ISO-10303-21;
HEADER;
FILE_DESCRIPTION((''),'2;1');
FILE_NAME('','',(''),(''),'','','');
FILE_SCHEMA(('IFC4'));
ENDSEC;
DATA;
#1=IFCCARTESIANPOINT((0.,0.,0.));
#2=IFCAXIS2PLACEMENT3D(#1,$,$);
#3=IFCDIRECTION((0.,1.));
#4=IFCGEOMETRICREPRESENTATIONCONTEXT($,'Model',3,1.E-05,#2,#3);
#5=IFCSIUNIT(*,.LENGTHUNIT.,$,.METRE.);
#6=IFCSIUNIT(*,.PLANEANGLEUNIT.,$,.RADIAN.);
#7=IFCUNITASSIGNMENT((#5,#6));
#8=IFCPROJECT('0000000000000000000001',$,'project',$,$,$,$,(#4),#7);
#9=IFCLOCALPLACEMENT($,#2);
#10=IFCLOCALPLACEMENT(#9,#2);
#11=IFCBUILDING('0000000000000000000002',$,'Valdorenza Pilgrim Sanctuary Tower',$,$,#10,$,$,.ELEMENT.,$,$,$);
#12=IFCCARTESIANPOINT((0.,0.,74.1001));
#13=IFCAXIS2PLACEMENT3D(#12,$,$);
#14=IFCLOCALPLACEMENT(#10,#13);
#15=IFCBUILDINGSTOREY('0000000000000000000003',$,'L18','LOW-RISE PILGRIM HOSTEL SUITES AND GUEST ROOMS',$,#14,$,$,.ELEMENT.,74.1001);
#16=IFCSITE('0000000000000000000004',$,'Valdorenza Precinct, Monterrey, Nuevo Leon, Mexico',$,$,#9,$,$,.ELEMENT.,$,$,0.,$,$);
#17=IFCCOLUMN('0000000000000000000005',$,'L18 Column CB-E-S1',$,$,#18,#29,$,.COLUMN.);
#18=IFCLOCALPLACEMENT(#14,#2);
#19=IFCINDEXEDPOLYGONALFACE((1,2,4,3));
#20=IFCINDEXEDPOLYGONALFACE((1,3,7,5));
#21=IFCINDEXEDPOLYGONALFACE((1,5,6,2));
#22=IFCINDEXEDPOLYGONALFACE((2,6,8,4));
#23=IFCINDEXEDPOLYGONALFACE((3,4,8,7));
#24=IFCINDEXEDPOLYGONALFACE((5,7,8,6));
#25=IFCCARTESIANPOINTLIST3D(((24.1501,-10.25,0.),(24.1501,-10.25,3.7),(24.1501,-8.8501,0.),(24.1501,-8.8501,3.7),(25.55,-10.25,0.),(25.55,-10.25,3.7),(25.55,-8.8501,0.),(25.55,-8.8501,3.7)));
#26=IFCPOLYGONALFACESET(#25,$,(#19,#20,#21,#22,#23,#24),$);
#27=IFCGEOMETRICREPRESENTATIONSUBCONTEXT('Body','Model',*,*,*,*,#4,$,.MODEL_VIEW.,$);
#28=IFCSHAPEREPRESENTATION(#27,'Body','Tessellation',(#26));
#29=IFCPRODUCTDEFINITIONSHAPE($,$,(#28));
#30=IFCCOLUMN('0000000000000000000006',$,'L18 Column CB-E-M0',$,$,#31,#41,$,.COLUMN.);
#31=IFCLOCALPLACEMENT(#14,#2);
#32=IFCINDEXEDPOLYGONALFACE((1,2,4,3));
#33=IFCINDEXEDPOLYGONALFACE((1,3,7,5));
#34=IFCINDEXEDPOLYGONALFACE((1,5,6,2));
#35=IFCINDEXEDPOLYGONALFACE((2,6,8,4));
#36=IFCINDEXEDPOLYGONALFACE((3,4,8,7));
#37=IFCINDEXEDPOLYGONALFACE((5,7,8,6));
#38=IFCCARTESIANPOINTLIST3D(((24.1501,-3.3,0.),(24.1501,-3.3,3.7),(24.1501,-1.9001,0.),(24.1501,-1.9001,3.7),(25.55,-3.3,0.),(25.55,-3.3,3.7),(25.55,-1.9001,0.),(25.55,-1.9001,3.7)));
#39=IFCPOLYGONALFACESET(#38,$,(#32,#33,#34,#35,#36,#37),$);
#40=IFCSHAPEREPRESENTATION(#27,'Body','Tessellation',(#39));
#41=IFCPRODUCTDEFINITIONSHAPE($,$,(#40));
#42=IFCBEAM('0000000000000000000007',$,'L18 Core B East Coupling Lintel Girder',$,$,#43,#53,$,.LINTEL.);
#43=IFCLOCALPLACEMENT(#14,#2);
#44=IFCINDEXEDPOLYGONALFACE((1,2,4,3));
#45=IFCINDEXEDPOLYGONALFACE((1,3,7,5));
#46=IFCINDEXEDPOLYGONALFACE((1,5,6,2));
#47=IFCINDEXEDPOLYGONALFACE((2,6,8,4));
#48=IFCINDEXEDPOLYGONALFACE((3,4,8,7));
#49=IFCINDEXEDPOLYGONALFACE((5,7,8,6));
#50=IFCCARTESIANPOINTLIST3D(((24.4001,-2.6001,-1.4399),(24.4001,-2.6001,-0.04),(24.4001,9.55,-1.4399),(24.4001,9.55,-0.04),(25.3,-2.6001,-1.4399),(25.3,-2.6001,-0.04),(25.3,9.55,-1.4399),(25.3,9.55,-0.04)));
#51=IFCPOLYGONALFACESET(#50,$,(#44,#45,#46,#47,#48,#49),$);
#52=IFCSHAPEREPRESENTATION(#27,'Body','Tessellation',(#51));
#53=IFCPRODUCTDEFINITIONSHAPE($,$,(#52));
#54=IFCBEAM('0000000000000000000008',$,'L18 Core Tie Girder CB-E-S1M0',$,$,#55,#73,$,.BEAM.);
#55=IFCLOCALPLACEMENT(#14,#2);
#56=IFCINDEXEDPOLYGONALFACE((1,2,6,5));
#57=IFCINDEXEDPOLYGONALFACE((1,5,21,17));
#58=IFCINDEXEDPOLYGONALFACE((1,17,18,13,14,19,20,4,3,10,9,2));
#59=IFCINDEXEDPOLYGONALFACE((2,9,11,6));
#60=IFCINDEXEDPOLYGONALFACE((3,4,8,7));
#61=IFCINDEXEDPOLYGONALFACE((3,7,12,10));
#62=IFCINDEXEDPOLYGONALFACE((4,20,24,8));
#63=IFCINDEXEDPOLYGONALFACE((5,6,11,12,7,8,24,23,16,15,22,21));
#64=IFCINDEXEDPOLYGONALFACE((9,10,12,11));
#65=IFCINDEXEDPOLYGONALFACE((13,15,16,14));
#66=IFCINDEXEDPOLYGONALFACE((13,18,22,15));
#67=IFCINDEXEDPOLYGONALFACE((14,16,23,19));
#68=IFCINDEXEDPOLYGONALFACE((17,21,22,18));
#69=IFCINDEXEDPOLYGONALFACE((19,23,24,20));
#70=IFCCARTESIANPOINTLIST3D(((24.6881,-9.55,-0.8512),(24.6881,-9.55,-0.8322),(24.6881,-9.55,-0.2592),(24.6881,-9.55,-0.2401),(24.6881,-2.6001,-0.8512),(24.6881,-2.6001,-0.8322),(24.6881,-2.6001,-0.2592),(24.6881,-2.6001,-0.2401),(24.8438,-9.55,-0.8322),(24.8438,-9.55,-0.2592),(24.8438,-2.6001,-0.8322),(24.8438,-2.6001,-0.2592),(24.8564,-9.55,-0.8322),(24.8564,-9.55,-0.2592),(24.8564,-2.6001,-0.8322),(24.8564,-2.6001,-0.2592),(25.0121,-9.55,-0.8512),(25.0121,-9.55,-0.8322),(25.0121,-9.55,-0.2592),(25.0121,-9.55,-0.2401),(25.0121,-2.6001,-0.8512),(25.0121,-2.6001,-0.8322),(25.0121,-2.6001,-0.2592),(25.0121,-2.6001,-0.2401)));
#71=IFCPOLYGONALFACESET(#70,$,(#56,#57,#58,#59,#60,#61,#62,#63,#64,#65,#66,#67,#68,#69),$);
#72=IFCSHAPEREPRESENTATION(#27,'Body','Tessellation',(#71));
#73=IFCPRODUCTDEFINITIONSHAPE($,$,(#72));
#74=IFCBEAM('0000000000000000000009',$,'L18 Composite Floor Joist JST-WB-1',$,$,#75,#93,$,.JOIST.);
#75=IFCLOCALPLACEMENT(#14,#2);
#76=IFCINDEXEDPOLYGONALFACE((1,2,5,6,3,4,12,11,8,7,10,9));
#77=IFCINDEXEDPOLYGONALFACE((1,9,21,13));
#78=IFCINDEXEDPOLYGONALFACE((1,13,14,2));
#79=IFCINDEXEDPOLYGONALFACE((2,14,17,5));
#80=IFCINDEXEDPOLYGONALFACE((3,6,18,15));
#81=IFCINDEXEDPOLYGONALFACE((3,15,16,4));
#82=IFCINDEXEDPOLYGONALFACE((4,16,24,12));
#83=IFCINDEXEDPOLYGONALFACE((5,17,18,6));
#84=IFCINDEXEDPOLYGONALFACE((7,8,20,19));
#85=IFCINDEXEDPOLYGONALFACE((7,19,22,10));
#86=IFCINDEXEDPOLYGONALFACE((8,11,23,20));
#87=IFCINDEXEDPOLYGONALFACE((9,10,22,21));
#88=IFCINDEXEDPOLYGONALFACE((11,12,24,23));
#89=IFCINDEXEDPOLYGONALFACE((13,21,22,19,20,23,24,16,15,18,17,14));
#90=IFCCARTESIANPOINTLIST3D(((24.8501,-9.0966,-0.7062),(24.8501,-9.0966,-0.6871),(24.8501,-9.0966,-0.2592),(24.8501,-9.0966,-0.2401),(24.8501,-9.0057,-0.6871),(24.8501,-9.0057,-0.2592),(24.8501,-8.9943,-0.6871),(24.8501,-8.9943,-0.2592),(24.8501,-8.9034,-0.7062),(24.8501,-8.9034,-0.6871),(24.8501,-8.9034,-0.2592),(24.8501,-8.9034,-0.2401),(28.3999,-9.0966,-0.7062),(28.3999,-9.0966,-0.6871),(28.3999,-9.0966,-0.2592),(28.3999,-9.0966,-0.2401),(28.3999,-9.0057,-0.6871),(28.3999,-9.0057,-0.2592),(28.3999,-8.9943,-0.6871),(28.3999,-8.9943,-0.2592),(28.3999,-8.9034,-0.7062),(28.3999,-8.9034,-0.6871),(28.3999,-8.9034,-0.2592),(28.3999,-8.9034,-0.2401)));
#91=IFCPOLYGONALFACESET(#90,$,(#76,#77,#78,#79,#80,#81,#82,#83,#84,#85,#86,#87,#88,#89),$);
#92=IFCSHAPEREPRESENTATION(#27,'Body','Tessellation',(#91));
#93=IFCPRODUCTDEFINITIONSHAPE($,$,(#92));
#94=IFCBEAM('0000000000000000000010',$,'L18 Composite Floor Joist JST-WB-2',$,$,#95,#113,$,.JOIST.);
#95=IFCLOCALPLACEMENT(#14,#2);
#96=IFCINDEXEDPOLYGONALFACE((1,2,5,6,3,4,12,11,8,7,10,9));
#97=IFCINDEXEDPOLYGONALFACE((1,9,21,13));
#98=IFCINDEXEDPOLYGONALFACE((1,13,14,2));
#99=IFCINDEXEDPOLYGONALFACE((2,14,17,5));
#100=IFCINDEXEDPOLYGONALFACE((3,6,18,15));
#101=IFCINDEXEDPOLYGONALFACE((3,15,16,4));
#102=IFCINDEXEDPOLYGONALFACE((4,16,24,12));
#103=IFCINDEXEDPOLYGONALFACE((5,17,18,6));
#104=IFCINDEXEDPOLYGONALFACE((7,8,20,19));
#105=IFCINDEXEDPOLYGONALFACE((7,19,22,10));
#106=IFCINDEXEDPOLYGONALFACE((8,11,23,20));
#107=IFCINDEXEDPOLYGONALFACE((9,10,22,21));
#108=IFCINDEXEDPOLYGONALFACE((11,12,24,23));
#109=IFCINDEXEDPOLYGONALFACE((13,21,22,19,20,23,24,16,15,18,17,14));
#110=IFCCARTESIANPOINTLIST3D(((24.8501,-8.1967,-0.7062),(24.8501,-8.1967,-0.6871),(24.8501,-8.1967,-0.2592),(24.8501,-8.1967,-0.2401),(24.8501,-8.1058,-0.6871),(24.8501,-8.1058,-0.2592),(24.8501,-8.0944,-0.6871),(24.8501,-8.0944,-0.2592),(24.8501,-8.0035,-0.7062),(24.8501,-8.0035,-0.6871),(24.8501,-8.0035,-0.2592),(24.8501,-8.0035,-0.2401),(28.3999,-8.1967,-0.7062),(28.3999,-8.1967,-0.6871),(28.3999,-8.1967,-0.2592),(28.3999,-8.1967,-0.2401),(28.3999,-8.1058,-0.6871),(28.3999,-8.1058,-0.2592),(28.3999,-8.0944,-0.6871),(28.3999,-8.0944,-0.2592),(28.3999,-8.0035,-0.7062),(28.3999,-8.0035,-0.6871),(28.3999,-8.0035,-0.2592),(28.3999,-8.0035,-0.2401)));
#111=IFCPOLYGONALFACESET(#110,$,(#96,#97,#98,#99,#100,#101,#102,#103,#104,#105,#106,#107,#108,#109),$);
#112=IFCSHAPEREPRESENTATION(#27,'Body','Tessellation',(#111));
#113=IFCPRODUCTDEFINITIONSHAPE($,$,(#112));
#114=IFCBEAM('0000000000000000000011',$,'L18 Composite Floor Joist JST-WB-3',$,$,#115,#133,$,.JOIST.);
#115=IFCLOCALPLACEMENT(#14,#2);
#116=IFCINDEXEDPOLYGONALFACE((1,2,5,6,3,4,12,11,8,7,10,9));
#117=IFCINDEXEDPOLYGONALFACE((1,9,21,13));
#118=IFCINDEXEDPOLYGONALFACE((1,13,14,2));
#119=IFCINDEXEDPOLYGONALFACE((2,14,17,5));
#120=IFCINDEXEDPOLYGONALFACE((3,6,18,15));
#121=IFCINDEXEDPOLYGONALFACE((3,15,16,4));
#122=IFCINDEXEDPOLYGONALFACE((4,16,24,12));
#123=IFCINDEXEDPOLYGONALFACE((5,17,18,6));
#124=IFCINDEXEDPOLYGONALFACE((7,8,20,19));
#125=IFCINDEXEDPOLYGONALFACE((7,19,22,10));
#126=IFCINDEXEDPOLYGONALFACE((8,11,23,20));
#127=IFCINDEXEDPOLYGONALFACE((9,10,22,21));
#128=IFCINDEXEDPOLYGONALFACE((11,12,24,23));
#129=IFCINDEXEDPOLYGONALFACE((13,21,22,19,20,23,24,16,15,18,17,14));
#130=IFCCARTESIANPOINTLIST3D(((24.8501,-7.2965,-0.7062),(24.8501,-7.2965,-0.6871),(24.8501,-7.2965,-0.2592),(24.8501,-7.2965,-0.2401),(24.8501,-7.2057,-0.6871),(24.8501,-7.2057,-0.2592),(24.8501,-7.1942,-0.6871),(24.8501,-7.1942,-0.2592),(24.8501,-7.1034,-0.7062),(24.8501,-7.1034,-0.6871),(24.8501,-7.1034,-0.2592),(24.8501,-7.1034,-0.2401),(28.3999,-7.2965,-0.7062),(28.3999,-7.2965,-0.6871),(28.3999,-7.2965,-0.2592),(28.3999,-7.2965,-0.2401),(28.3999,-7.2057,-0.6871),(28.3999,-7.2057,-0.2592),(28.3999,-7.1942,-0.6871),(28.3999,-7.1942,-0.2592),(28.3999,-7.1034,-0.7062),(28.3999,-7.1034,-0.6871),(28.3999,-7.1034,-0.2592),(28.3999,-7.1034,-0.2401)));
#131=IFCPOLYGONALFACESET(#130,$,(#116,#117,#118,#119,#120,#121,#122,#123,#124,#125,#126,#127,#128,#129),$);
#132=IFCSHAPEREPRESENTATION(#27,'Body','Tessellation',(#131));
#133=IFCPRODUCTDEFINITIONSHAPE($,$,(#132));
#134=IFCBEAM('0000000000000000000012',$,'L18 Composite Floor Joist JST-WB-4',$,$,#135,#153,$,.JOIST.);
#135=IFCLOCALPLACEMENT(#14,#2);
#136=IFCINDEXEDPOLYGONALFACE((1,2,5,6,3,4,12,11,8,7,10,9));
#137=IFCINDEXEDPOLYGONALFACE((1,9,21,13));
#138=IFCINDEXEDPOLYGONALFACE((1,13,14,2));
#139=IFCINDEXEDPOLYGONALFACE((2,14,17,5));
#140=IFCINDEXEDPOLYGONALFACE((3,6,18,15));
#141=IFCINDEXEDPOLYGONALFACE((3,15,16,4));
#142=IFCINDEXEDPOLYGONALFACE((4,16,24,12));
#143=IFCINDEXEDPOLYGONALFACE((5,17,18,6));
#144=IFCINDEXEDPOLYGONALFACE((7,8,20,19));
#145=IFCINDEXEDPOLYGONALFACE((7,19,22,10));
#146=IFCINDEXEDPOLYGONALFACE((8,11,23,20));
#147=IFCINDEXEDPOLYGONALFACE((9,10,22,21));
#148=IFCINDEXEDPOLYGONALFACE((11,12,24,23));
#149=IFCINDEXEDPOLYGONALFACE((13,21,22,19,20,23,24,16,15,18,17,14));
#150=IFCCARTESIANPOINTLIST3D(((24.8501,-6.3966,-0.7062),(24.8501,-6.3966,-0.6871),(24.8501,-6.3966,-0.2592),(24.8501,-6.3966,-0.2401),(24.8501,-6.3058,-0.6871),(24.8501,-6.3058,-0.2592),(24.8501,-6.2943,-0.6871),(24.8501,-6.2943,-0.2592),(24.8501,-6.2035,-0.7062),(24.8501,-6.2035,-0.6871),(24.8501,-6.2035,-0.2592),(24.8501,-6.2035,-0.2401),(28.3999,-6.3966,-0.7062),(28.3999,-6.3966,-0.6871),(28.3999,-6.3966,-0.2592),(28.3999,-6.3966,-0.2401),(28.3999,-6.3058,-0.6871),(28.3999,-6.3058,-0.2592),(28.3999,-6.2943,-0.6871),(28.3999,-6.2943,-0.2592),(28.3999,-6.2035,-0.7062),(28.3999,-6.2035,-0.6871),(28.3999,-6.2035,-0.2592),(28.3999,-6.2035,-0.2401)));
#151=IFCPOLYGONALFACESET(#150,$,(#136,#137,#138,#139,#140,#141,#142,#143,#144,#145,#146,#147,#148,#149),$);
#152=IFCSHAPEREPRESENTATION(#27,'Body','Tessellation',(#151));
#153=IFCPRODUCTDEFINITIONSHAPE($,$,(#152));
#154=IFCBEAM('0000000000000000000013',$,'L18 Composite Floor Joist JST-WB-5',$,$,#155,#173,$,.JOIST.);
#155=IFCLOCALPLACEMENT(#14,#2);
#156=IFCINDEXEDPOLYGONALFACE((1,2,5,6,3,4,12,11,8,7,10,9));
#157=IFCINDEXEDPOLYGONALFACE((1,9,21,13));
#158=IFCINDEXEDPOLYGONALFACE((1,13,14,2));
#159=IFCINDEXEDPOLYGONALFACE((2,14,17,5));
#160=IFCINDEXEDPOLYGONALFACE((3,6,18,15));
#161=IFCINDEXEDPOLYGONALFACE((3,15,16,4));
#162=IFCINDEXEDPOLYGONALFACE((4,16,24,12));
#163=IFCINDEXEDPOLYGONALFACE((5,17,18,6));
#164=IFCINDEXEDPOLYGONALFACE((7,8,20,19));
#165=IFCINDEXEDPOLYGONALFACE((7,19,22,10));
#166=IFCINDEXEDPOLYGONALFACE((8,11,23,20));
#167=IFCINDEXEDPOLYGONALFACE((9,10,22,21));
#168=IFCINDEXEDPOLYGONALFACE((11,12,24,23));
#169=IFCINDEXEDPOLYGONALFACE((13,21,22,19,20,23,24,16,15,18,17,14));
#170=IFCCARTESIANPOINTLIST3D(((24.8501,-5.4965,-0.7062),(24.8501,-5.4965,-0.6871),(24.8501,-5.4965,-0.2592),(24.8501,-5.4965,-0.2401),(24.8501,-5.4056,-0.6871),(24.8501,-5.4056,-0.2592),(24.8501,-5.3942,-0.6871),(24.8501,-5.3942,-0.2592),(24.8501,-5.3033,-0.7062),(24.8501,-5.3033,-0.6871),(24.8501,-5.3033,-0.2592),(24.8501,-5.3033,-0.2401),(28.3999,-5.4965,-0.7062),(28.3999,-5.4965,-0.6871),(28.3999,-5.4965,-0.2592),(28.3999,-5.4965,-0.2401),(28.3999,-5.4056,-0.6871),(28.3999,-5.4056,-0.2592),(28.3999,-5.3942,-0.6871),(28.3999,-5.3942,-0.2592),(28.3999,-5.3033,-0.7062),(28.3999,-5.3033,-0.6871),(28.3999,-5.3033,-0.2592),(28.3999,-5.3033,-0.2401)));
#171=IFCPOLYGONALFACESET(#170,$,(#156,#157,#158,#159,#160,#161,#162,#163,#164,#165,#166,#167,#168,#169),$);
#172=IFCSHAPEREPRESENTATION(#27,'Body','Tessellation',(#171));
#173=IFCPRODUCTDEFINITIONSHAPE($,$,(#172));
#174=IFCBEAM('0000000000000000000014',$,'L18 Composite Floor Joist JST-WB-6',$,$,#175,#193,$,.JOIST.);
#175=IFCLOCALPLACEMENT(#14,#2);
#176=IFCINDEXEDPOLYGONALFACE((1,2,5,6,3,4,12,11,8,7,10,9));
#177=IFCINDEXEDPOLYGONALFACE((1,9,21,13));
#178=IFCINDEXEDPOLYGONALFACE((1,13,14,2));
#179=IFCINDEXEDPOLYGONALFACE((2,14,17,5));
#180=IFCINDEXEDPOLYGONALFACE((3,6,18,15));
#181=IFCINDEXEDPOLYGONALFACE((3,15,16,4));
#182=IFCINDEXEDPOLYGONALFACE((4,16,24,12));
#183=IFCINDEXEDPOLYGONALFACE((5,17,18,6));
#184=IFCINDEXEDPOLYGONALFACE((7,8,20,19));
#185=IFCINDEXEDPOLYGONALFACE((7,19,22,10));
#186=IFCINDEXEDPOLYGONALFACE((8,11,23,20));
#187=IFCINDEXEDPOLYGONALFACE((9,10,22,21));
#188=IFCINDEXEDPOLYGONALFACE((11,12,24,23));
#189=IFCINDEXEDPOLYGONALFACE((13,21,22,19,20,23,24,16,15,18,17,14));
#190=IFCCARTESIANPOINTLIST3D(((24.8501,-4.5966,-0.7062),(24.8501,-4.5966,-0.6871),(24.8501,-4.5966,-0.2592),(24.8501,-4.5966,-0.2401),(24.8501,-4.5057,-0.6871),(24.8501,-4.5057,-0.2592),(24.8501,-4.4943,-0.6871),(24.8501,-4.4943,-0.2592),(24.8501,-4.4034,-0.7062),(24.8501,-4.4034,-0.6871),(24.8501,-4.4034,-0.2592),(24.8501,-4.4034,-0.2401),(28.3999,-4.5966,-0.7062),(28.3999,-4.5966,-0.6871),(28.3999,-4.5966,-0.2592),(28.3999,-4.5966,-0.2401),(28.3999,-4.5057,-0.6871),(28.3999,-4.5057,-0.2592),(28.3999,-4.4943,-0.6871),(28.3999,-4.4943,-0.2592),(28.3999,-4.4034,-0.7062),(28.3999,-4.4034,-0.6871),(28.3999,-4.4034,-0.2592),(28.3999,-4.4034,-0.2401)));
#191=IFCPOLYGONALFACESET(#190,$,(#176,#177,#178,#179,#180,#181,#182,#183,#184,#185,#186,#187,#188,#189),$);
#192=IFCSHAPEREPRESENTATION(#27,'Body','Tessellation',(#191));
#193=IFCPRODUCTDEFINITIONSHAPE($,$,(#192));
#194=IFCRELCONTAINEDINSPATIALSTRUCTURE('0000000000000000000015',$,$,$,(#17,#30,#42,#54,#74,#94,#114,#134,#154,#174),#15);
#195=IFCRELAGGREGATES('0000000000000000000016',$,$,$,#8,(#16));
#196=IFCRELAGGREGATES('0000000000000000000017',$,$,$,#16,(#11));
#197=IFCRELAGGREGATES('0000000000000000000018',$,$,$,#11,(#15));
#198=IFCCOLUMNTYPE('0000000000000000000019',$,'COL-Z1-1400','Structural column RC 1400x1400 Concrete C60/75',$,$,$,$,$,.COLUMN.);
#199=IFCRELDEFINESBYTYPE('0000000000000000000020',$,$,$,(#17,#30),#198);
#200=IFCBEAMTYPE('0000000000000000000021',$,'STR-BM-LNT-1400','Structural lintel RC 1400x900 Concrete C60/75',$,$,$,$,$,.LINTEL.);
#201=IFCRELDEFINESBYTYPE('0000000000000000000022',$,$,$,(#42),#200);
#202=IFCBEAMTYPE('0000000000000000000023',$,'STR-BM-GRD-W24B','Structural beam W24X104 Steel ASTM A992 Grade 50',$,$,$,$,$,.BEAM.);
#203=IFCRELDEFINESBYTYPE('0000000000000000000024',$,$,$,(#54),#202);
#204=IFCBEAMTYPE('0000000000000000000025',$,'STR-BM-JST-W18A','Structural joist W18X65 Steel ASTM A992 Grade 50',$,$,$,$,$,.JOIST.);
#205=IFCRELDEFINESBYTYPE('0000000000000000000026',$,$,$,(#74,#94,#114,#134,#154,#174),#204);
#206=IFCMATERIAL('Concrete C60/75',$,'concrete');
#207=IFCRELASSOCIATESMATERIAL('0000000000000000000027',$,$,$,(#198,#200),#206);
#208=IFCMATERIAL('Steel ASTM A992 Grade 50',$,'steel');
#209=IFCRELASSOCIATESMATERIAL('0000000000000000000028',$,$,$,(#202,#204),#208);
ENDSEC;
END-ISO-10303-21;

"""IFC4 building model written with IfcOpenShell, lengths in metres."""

from ifc_helpers import new_model, si_unit, direction, frame, origin, origin_2d, place, context, subcontext, project, spatial, rectangle, i_section, extrude, source, transform, mapped, material, material_profile, profile_set, type_object, element, save


model = new_model("IFC4")

# Units and contexts
model_context = context("Model", 3, precision=1e-05, world=origin(), true_north=direction((0.0, 1.0)))
body_context = subcontext(model_context, "Body", "Model", "MODEL_VIEW")
ifc_project = project(units=[si_unit("LENGTHUNIT", "METRE"), si_unit("PLANEANGLEUNIT", "RADIAN")], contexts=[model_context])

# Site, building, storey
site_placement = place(None, origin())
site = spatial("IfcSite", under=ifc_project, at=site_placement, Name="Valdorenza Precinct, Monterrey, Nuevo Leon, Mexico", CompositionType="ELEMENT", RefElevation=0.0)
building_placement = place(site_placement, origin())
building = spatial("IfcBuilding", under=site, at=building_placement, Name="Valdorenza Pilgrim Sanctuary Tower", CompositionType="ELEMENT")
storey_placement = place(building_placement, frame((0.0, 0.0, 74.1001)))
storey = spatial("IfcBuildingStorey", under=building, at=storey_placement, Name="L18", Description="LOW-RISE PILGRIM HOSTEL SUITES AND GUEST ROOMS", CompositionType="ELEMENT", Elevation=74.1001)

# Columns
ifc_material_1 = material(Name="Concrete C60/75", Category="concrete")
ifc_material_profile_1 = material_profile(ifc_material_1, rectangle(XDim=1.3999, YDim=1.3999, at=origin_2d()), Name="RC 1400x1400")
ifc_profile_set_1 = profile_set([ifc_material_profile_1], Name="Concrete C60/75")
column_type = type_object("IfcColumnType", Name="COL-Z1-1400", Description="Structural column RC 1400x1400 Concrete C60/75", PredefinedType="COLUMN", material=ifc_profile_set_1)
shared_shape_1 = source(origin(), body_context, "Body", "SweptSolid", [
    extrude(rectangle(XDim=1.3999, YDim=1.3999, at=origin_2d()), origin(), (0.0, 0.0, 1.0), 3.7),
])
for number, where, z_axis, x_axis, name in (
    (1, (24.8501, -9.55, 0.0), (0.0, 0.0, 1.0), (1.0, 0.0, 0.0), "L18 Column CB-E-S1"),
    (2, (24.8501, -2.6001, 0.0), (0.0, 0.0, 1.0), (1.0, 0.0, 0.0), "L18 Column CB-E-M0"),
):
    element("IfcColumn", number, at=place(storey_placement, frame(where, z_axis=z_axis, x_axis=x_axis)), inside=storey, type_object=column_type, Name=name, PredefinedType="COLUMN", context=body_context, shape_type="MappedRepresentation", body=[
        mapped(shared_shape_1, transform((0.0, 0.0, 0.0), x_axis=(1.0, 0.0, 0.0), y_axis=(0.0, 1.0, 0.0), z_axis=(0.0, 0.0, 1.0), scale=1.0)),
    ])

# Beams
ifc_material_profile_2 = material_profile(ifc_material_1, rectangle(XDim=0.8999, YDim=1.3999, at=origin_2d()), Name="RC 1400x900")
ifc_profile_set_2 = profile_set([ifc_material_profile_2], Name="Concrete C60/75")
beam_type_1 = type_object("IfcBeamType", Name="STR-BM-LNT-1400", Description="Structural lintel RC 1400x900 Concrete C60/75", PredefinedType="LINTEL", material=ifc_profile_set_2)
shared_shape_2 = source(origin(), body_context, "Body", "SweptSolid", [
    extrude(rectangle(XDim=0.8999, YDim=1.3999, at=origin_2d()), origin(), (0.0, 0.0, 1.0), 12.1501),
])
beam_1_placement = place(storey_placement, frame((24.8501, -2.6001, -0.74), z_axis=(0.0, 1.0, 0.0), x_axis=(-1.0, 0.0, 0.0)))
element("IfcBeam", 3, at=beam_1_placement, inside=storey, type_object=beam_type_1, Name="L18 Core B East Coupling Lintel Girder", PredefinedType="LINTEL", context=body_context, shape_type="MappedRepresentation", body=[
    mapped(shared_shape_2, transform((0.0, 0.0, 0.0), x_axis=(1.0, 0.0, 0.0), y_axis=(0.0, 1.0, 0.0), z_axis=(0.0, 0.0, 1.0), scale=1.0)),
])
ifc_material_2 = material(Name="Steel ASTM A992 Grade 50", Category="steel")
ifc_material_profile_3 = material_profile(ifc_material_2, i_section(OverallWidth=0.324, OverallDepth=0.6111, WebThickness=0.0127, FlangeThickness=0.019, at=origin_2d()), Name="W24X104")
ifc_profile_set_3 = profile_set([ifc_material_profile_3], Name="Steel ASTM A992 Grade 50")
beam_type_2 = type_object("IfcBeamType", Name="STR-BM-GRD-W24B", Description="Structural beam W24X104 Steel ASTM A992 Grade 50", PredefinedType="BEAM", material=ifc_profile_set_3)
shared_shape_3 = source(origin(), body_context, "Body", "SweptSolid", [
    extrude(i_section(OverallWidth=0.324, OverallDepth=0.6111, WebThickness=0.0127, FlangeThickness=0.019, at=origin_2d()), origin(), (0.0, 0.0, 1.0), 6.95),
])
beam_2_placement = place(storey_placement, frame((24.8501, -9.55, -0.5457), z_axis=(0.0, 1.0, 0.0), x_axis=(-1.0, 0.0, 0.0)))
element("IfcBeam", 4, at=beam_2_placement, inside=storey, type_object=beam_type_2, Name="L18 Core Tie Girder CB-E-S1M0", PredefinedType="BEAM", context=body_context, shape_type="MappedRepresentation", body=[
    mapped(shared_shape_3, transform((0.0, 0.0, 0.0), x_axis=(1.0, 0.0, 0.0), y_axis=(0.0, 1.0, 0.0), z_axis=(0.0, 0.0, 1.0), scale=1.0)),
])
ifc_material_profile_4 = material_profile(ifc_material_2, i_section(OverallWidth=0.1931, OverallDepth=0.4661, WebThickness=0.0115, FlangeThickness=0.019, at=origin_2d()), Name="W18X65")
ifc_profile_set_4 = profile_set([ifc_material_profile_4], Name="Steel ASTM A992 Grade 50")
beam_type_3 = type_object("IfcBeamType", Name="STR-BM-JST-W18A", Description="Structural joist W18X65 Steel ASTM A992 Grade 50", PredefinedType="JOIST", material=ifc_profile_set_4)
shared_shape_4 = source(origin(), body_context, "Body", "SweptSolid", [
    extrude(i_section(OverallWidth=0.1931, OverallDepth=0.4661, WebThickness=0.0115, FlangeThickness=0.019, at=origin_2d()), origin(), (0.0, 0.0, 1.0), 3.5498),
])
for number, where, z_axis, x_axis, name in (
    (5, (24.8501, -9.0, -0.4731), (1.0, 0.0, 0.0), (0.0, 1.0, 0.0), "L18 Composite Floor Joist JST-WB-1"),
    (6, (24.8501, -8.1001, -0.4731), (1.0, 0.0, 0.0), (0.0, 1.0, 0.0), "L18 Composite Floor Joist JST-WB-2"),
    (7, (24.8501, -7.2, -0.4731), (1.0, 0.0, 0.0), (0.0, 1.0, 0.0), "L18 Composite Floor Joist JST-WB-3"),
    (8, (24.8501, -6.3, -0.4731), (1.0, 0.0, 0.0), (0.0, 1.0, 0.0), "L18 Composite Floor Joist JST-WB-4"),
    (9, (24.8501, -5.3999, -0.4731), (1.0, 0.0, 0.0), (0.0, 1.0, 0.0), "L18 Composite Floor Joist JST-WB-5"),
    (10, (24.8501, -4.5, -0.4731), (1.0, 0.0, 0.0), (0.0, 1.0, 0.0), "L18 Composite Floor Joist JST-WB-6"),
):
    element("IfcBeam", number, at=place(storey_placement, frame(where, z_axis=z_axis, x_axis=x_axis)), inside=storey, type_object=beam_type_3, Name=name, PredefinedType="JOIST", context=body_context, shape_type="MappedRepresentation", body=[
        mapped(shared_shape_4, transform((0.0, 0.0, 0.0), x_axis=(1.0, 0.0, 0.0), y_axis=(0.0, 1.0, 0.0), z_axis=(0.0, 0.0, 1.0), scale=1.0)),
    ])

save(model, "model.ifc")
